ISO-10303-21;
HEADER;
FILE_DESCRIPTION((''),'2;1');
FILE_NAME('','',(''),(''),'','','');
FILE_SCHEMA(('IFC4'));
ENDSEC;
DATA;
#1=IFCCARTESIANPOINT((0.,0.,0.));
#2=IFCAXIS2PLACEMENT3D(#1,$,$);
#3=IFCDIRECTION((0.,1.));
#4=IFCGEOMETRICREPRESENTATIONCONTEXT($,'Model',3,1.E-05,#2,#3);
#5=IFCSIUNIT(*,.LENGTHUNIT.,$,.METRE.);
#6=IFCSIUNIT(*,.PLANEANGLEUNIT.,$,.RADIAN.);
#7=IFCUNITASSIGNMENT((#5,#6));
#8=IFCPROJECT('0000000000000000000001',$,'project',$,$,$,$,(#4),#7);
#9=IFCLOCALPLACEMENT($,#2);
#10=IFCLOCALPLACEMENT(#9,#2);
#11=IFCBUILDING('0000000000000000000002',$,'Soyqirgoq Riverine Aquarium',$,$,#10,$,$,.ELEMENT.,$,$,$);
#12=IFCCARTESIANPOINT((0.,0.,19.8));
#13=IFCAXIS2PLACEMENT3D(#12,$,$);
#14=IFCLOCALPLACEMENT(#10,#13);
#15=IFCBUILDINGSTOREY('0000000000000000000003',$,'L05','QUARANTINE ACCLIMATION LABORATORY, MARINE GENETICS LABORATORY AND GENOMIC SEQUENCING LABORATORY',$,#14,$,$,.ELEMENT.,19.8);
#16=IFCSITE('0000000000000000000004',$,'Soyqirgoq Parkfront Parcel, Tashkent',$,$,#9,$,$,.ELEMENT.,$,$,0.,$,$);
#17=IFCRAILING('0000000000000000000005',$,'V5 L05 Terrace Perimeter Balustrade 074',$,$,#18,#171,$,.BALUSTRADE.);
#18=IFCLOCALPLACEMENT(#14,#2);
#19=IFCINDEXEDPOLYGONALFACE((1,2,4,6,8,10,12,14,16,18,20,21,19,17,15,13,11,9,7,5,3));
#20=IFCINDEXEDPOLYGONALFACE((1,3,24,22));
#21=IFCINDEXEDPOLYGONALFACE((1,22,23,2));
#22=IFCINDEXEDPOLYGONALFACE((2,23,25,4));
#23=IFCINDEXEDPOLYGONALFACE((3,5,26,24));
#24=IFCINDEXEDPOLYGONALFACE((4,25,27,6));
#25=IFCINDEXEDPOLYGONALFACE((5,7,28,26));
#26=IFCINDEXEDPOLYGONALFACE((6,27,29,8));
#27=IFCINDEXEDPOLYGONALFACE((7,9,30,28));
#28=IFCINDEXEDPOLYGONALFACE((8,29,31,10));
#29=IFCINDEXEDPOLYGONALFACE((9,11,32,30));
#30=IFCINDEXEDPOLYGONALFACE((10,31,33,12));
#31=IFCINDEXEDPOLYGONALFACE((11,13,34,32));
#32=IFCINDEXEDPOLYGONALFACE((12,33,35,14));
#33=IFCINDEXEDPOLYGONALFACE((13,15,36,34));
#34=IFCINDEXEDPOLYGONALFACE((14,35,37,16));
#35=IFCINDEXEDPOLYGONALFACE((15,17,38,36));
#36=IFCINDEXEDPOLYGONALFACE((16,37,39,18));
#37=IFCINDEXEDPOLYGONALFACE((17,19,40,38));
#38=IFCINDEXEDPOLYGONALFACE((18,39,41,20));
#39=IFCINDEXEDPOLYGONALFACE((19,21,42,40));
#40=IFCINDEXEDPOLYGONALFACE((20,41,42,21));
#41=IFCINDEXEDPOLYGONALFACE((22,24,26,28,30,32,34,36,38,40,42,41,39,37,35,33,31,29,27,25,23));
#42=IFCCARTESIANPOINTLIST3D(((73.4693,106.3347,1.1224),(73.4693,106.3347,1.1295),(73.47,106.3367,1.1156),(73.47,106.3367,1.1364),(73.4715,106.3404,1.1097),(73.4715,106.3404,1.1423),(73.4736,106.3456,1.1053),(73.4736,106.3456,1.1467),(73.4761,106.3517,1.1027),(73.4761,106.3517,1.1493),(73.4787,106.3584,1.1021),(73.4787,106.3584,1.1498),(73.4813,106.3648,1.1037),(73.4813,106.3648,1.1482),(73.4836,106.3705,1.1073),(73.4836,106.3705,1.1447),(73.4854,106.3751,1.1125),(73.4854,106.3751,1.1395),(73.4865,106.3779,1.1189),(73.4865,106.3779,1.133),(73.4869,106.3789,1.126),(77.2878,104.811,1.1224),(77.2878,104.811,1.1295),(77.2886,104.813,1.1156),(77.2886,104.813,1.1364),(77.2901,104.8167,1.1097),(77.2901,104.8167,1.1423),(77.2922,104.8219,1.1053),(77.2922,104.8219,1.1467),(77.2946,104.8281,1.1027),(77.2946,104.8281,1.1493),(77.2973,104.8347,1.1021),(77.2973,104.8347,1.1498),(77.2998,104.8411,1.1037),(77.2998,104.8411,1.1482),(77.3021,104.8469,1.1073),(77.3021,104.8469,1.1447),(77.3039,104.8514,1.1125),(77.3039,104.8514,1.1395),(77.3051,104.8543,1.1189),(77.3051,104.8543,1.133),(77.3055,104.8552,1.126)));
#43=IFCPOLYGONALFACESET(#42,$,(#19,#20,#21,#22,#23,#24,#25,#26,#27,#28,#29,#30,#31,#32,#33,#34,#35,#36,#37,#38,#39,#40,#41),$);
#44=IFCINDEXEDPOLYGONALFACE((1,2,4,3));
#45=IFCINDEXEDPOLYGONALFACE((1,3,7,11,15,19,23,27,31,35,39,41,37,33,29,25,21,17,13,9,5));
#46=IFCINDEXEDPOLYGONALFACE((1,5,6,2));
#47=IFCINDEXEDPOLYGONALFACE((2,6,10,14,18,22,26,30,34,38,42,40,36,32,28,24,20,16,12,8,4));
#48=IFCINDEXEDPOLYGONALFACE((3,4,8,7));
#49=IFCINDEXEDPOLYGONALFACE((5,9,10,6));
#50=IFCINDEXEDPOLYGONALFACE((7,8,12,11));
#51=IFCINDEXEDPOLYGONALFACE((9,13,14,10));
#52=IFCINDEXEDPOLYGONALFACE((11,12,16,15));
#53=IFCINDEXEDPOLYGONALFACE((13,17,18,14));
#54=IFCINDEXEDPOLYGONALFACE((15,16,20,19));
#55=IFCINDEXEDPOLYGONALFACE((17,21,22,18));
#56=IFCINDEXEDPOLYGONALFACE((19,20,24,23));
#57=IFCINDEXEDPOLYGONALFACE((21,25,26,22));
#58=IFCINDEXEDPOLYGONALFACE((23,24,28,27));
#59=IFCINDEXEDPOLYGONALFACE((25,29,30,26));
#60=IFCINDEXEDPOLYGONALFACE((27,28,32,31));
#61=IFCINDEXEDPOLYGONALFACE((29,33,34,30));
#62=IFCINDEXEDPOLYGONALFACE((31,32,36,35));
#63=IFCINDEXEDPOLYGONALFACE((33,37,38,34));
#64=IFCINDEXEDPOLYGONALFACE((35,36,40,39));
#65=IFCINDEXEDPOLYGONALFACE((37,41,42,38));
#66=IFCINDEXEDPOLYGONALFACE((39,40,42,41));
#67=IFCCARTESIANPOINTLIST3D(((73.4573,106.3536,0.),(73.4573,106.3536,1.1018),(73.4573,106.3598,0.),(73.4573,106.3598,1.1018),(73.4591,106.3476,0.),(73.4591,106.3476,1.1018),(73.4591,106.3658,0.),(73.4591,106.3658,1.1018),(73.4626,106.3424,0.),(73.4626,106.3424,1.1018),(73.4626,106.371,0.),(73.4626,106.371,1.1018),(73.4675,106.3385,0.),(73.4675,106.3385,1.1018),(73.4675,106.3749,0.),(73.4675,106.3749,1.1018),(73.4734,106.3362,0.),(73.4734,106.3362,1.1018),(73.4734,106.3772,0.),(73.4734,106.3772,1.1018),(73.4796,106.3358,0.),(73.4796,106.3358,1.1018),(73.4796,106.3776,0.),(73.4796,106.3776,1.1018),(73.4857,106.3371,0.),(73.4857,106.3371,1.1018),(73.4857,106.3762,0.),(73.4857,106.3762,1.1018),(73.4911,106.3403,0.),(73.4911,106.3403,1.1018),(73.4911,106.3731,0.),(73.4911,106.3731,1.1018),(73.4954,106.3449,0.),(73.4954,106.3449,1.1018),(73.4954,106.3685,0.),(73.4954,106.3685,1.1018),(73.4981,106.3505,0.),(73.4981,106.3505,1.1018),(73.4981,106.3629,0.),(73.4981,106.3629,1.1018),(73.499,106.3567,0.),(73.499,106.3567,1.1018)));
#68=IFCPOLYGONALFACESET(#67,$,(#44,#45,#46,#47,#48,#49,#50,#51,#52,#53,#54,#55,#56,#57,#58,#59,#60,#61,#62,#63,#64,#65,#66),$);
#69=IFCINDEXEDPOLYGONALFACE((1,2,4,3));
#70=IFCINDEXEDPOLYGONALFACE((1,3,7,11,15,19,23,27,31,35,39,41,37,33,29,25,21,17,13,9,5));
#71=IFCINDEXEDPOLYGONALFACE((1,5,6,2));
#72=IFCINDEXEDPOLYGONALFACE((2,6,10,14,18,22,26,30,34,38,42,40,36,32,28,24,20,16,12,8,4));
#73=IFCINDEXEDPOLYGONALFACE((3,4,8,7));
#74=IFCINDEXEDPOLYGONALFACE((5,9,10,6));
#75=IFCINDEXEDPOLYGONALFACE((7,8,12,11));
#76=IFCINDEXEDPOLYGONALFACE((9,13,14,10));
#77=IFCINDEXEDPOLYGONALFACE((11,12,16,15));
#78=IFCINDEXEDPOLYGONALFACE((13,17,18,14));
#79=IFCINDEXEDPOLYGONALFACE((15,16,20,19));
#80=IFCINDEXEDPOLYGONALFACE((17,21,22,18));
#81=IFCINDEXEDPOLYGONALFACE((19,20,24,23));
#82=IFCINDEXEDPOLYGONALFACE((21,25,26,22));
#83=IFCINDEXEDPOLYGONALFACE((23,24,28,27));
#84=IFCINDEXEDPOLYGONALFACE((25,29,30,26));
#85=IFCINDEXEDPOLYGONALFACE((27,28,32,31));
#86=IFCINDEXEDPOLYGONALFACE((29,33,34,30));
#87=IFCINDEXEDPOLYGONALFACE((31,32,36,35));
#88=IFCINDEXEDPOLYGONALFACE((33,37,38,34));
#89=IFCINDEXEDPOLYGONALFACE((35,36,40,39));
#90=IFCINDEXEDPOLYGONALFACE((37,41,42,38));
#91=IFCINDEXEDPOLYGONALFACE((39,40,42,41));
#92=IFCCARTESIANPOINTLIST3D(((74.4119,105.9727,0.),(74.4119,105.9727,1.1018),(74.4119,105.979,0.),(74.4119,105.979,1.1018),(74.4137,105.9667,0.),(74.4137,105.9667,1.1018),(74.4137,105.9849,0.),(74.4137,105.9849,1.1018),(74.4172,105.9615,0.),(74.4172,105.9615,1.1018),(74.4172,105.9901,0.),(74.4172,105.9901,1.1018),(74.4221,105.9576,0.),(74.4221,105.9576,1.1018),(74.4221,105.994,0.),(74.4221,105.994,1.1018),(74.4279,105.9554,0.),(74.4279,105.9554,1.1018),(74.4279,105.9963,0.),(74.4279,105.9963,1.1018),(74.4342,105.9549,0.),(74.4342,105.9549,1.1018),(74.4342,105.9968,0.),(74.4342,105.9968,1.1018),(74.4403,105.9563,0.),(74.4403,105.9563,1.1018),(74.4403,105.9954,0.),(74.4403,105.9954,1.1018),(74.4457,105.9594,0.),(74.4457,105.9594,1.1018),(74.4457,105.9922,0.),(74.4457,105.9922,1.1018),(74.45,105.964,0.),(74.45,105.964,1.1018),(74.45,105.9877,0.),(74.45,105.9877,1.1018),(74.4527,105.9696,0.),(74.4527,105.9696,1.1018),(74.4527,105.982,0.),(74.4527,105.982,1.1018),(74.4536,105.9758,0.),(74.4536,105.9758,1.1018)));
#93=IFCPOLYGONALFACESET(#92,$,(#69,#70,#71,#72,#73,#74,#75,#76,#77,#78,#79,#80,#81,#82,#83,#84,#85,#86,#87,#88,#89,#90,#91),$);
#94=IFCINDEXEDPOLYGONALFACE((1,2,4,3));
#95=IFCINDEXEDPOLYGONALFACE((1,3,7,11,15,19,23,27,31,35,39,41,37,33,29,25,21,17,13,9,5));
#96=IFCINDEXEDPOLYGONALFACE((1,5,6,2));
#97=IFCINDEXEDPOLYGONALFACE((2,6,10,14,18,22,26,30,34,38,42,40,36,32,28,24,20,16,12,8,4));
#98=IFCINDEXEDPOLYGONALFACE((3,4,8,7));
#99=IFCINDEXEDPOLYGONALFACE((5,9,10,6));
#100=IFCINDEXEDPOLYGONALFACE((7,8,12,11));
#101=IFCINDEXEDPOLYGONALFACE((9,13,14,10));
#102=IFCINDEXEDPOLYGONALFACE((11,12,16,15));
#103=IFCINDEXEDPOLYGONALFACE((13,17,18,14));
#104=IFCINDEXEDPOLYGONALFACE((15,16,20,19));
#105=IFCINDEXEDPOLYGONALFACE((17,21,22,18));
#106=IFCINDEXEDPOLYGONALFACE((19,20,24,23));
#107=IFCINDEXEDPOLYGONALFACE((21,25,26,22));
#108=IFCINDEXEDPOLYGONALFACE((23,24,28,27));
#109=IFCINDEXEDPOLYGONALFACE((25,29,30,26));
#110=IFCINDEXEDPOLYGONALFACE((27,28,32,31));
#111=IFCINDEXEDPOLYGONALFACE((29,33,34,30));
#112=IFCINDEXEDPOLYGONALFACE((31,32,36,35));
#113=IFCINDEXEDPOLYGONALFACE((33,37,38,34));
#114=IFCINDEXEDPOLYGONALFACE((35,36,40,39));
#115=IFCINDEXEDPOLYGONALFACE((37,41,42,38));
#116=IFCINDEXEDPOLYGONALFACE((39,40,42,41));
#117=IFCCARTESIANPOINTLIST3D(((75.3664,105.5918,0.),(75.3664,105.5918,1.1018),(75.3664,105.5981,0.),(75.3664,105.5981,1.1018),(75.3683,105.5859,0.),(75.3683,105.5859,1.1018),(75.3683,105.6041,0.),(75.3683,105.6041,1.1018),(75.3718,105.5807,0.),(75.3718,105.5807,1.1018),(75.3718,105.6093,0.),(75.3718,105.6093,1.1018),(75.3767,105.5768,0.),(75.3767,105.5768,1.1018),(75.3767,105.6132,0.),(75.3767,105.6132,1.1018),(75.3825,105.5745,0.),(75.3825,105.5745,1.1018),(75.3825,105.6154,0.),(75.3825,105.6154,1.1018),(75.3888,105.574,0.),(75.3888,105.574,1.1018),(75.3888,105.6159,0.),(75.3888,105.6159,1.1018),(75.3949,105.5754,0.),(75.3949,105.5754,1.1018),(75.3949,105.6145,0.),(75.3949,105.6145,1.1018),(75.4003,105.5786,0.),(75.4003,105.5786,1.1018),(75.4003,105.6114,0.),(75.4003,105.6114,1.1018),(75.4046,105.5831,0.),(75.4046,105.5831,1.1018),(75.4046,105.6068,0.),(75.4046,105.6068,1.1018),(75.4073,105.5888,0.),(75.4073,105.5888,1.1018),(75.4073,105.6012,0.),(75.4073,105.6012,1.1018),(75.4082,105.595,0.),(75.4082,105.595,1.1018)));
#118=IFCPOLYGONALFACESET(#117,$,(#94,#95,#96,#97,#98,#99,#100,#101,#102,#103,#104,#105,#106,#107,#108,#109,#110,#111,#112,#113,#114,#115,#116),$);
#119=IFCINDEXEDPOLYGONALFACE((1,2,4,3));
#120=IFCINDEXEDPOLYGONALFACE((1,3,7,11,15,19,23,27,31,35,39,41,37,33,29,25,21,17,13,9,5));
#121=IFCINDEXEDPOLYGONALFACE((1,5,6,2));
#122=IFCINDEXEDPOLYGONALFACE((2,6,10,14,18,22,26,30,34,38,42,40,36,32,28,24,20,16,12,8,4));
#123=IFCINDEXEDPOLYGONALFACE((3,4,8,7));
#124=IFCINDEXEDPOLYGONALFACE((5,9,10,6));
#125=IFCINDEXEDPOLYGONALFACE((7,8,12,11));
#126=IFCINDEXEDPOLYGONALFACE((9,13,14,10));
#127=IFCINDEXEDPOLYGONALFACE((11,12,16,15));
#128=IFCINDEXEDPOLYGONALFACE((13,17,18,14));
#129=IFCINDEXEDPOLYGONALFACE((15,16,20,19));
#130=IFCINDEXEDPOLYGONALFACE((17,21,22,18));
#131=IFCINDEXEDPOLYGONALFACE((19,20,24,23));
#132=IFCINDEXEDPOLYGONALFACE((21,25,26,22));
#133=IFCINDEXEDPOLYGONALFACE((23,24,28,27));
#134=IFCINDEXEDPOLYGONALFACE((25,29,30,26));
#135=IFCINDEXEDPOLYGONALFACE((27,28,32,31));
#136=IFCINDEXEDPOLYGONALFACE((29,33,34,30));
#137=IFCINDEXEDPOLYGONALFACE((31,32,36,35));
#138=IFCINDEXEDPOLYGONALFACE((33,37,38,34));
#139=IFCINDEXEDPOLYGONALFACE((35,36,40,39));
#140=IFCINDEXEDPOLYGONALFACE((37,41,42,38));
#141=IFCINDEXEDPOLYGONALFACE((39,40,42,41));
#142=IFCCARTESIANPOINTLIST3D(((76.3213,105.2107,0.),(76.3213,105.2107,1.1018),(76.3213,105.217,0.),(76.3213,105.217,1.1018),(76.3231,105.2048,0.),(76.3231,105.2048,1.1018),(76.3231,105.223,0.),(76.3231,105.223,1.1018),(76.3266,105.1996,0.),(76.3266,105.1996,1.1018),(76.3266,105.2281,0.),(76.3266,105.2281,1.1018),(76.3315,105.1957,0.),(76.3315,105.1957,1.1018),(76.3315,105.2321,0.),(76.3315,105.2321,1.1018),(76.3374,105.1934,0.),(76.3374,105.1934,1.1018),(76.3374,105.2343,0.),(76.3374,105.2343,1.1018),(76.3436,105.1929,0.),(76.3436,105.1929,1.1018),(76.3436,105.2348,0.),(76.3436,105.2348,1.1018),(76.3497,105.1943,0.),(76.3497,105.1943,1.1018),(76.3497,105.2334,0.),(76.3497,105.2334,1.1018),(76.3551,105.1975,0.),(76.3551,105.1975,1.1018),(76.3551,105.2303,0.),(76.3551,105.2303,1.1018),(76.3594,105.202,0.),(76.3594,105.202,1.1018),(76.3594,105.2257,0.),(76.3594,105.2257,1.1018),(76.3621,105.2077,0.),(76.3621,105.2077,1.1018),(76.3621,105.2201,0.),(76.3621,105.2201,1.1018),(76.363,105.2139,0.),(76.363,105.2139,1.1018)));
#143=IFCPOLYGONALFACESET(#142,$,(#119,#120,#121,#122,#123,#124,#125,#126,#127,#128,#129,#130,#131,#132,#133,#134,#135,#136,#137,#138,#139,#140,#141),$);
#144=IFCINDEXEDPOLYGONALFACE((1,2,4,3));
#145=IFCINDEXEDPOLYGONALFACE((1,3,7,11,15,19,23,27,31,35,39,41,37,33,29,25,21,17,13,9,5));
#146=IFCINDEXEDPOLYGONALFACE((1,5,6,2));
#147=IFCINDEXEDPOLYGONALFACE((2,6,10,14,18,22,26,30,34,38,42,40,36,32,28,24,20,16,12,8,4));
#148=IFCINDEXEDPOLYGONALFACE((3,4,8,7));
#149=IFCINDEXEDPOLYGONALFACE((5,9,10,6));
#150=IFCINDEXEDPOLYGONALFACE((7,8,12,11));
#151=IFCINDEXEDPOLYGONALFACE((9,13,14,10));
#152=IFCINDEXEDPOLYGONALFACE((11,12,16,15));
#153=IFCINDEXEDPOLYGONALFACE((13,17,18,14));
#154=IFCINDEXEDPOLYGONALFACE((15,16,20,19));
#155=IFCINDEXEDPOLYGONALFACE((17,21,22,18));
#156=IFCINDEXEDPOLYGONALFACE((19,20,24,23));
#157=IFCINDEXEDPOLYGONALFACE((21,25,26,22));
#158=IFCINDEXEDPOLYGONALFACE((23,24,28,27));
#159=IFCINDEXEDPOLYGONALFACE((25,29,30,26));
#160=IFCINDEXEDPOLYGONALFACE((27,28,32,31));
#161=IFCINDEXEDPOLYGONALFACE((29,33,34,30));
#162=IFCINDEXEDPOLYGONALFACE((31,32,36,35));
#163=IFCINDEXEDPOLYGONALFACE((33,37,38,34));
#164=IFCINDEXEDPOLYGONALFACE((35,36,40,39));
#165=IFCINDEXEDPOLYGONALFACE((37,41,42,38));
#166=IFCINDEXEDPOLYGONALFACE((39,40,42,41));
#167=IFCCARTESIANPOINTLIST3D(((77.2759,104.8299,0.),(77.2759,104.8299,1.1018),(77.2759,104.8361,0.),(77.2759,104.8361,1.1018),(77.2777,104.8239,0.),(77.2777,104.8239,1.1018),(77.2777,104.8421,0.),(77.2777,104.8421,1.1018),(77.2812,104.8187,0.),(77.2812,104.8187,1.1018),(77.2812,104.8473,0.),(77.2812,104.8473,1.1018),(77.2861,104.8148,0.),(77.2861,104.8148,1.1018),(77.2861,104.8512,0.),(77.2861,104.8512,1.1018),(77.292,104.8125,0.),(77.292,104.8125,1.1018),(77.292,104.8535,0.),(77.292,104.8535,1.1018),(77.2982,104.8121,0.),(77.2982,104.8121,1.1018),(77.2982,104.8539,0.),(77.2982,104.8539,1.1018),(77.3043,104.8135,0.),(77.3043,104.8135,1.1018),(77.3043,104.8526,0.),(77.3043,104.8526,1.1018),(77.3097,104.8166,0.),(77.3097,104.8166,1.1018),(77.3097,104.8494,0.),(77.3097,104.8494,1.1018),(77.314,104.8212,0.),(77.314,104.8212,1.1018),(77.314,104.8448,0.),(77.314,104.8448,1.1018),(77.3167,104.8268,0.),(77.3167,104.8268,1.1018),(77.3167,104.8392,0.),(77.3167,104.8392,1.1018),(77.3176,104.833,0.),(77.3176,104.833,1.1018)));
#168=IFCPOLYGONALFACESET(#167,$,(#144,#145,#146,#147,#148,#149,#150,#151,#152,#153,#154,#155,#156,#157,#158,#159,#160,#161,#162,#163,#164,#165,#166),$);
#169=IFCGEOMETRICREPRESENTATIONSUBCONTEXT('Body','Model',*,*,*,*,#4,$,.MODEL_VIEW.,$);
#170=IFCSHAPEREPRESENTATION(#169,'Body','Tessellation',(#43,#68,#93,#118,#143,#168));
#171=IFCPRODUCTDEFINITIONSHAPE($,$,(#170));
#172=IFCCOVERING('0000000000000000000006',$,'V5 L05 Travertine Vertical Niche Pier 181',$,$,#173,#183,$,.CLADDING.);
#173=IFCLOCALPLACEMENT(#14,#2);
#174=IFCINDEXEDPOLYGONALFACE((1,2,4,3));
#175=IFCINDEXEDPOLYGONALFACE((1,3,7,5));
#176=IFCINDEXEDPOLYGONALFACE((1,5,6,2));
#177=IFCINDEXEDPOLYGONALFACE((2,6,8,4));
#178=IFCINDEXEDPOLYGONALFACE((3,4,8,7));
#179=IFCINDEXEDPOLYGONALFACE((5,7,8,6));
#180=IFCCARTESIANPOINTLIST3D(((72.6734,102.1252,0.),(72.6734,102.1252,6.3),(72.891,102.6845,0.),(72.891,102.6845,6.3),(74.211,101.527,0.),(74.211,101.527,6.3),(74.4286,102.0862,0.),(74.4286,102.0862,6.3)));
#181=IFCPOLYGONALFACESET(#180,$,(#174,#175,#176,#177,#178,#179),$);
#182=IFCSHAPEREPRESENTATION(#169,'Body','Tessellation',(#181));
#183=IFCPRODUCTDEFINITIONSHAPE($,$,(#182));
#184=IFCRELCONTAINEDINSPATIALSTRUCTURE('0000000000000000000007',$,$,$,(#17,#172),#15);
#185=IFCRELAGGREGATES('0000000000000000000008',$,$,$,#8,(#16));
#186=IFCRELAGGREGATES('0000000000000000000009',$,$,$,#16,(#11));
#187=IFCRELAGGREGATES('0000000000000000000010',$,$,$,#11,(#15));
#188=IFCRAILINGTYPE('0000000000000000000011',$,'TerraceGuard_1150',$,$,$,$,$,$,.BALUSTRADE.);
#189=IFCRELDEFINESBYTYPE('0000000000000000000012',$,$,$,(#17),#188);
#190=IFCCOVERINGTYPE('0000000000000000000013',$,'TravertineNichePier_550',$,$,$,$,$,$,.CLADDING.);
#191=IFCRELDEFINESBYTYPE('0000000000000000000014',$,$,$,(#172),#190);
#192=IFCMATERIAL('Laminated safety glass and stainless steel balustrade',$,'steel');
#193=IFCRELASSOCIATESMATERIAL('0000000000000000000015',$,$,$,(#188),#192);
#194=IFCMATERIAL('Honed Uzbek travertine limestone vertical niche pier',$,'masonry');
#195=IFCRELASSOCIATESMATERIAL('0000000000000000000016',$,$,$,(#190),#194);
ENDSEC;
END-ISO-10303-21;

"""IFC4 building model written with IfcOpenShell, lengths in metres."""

from ifc_helpers import new_model, si_unit, direction, frame, origin, origin_2d, place, context, subcontext, project, spatial, rectangle, circle, extrude, material, type_object, element, save


model = new_model("IFC4")

# Units and contexts
model_context = context("Model", 3, precision=1e-05, world=origin(), true_north=direction((0.0, 1.0)))
body_context = subcontext(model_context, "Body", "Model", "MODEL_VIEW")
ifc_project = project(units=[si_unit("LENGTHUNIT", "METRE"), si_unit("PLANEANGLEUNIT", "RADIAN")], contexts=[model_context])

# Site, building, storey
site_placement = place(None, origin())
site = spatial("IfcSite", under=ifc_project, at=site_placement, Name="Soyqirgoq Parkfront Parcel, Tashkent", CompositionType="ELEMENT", RefElevation=0.0)
building_placement = place(site_placement, origin())
building = spatial("IfcBuilding", under=site, at=building_placement, Name="Soyqirgoq Riverine Aquarium", CompositionType="ELEMENT")
storey_placement = place(building_placement, frame((0.0, 0.0, 19.8)))
storey = spatial("IfcBuildingStorey", under=building, at=storey_placement, Name="L05", Description="QUARANTINE ACCLIMATION LABORATORY, MARINE GENETICS LABORATORY AND GENOMIC SEQUENCING LABORATORY", CompositionType="ELEMENT", Elevation=19.8)

# Railing
ifc_material_1 = material(Name="Laminated safety glass and stainless steel balustrade", Category="steel")
railing_type = type_object("IfcRailingType", Name="TerraceGuard_1150", PredefinedType="BALUSTRADE", material=ifc_material_1)
railing_1_placement = place(storey_placement, frame((73.478, 106.3567, 0.0)))
element("IfcRailing", 1, at=railing_1_placement, inside=storey, type_object=railing_type, Name="V5 L05 Terrace Perimeter Balustrade 074", PredefinedType="BALUSTRADE", context=body_context, shape_type="SweptSolid", body=[
    extrude(circle(Radius=0.0239, at=origin_2d()), frame((0.0, 0.0, 1.126), z_axis=(0.928792, -0.370602, 0.0), x_axis=(0.370602, 0.928792, 0.0)), (0.0, 0.0, 1.0), 4.1113),
    extrude(circle(Radius=0.021, at=origin_2d()), origin(), (0.0, 0.0, 1.0), 1.1018),
    extrude(circle(Radius=0.021, at=origin_2d()), frame((0.9546, -0.3809, 0.0)), (0.0, 0.0, 1.0), 1.1018),
    extrude(circle(Radius=0.021, at=origin_2d()), frame((1.9092, -0.7617, 0.0)), (0.0, 0.0, 1.0), 1.1018),
    extrude(circle(Radius=0.021, at=origin_2d()), frame((2.864, -1.1428, 0.0)), (0.0, 0.0, 1.0), 1.1018),
    extrude(circle(Radius=0.021, at=origin_2d()), frame((3.8186, -1.5237, 0.0)), (0.0, 0.0, 1.0), 1.1018),
])

# Covering
ifc_material_2 = material(Name="Honed Uzbek travertine limestone vertical niche pier", Category="masonry")
covering_type = type_object("IfcCoveringType", Name="TravertineNichePier_550", PredefinedType="CLADDING", material=ifc_material_2)
covering_placement = place(storey_placement, frame((73.551, 102.1057, 0.0), z_axis=(0.0, 0.0, 1.0), x_axis=(0.362601, 0.931945, 0.0)))
element("IfcCovering", 2, at=covering_placement, inside=storey, type_object=covering_type, Name="V5 L05 Travertine Vertical Niche Pier 181", PredefinedType="CLADDING", context=body_context, shape_type="SweptSolid", body=[
    extrude(rectangle(XDim=0.6001, YDim=1.6499, at=origin_2d()), origin(), (0.0, 0.0, 1.0), 6.3),
])

save(model, "model.ifc")
